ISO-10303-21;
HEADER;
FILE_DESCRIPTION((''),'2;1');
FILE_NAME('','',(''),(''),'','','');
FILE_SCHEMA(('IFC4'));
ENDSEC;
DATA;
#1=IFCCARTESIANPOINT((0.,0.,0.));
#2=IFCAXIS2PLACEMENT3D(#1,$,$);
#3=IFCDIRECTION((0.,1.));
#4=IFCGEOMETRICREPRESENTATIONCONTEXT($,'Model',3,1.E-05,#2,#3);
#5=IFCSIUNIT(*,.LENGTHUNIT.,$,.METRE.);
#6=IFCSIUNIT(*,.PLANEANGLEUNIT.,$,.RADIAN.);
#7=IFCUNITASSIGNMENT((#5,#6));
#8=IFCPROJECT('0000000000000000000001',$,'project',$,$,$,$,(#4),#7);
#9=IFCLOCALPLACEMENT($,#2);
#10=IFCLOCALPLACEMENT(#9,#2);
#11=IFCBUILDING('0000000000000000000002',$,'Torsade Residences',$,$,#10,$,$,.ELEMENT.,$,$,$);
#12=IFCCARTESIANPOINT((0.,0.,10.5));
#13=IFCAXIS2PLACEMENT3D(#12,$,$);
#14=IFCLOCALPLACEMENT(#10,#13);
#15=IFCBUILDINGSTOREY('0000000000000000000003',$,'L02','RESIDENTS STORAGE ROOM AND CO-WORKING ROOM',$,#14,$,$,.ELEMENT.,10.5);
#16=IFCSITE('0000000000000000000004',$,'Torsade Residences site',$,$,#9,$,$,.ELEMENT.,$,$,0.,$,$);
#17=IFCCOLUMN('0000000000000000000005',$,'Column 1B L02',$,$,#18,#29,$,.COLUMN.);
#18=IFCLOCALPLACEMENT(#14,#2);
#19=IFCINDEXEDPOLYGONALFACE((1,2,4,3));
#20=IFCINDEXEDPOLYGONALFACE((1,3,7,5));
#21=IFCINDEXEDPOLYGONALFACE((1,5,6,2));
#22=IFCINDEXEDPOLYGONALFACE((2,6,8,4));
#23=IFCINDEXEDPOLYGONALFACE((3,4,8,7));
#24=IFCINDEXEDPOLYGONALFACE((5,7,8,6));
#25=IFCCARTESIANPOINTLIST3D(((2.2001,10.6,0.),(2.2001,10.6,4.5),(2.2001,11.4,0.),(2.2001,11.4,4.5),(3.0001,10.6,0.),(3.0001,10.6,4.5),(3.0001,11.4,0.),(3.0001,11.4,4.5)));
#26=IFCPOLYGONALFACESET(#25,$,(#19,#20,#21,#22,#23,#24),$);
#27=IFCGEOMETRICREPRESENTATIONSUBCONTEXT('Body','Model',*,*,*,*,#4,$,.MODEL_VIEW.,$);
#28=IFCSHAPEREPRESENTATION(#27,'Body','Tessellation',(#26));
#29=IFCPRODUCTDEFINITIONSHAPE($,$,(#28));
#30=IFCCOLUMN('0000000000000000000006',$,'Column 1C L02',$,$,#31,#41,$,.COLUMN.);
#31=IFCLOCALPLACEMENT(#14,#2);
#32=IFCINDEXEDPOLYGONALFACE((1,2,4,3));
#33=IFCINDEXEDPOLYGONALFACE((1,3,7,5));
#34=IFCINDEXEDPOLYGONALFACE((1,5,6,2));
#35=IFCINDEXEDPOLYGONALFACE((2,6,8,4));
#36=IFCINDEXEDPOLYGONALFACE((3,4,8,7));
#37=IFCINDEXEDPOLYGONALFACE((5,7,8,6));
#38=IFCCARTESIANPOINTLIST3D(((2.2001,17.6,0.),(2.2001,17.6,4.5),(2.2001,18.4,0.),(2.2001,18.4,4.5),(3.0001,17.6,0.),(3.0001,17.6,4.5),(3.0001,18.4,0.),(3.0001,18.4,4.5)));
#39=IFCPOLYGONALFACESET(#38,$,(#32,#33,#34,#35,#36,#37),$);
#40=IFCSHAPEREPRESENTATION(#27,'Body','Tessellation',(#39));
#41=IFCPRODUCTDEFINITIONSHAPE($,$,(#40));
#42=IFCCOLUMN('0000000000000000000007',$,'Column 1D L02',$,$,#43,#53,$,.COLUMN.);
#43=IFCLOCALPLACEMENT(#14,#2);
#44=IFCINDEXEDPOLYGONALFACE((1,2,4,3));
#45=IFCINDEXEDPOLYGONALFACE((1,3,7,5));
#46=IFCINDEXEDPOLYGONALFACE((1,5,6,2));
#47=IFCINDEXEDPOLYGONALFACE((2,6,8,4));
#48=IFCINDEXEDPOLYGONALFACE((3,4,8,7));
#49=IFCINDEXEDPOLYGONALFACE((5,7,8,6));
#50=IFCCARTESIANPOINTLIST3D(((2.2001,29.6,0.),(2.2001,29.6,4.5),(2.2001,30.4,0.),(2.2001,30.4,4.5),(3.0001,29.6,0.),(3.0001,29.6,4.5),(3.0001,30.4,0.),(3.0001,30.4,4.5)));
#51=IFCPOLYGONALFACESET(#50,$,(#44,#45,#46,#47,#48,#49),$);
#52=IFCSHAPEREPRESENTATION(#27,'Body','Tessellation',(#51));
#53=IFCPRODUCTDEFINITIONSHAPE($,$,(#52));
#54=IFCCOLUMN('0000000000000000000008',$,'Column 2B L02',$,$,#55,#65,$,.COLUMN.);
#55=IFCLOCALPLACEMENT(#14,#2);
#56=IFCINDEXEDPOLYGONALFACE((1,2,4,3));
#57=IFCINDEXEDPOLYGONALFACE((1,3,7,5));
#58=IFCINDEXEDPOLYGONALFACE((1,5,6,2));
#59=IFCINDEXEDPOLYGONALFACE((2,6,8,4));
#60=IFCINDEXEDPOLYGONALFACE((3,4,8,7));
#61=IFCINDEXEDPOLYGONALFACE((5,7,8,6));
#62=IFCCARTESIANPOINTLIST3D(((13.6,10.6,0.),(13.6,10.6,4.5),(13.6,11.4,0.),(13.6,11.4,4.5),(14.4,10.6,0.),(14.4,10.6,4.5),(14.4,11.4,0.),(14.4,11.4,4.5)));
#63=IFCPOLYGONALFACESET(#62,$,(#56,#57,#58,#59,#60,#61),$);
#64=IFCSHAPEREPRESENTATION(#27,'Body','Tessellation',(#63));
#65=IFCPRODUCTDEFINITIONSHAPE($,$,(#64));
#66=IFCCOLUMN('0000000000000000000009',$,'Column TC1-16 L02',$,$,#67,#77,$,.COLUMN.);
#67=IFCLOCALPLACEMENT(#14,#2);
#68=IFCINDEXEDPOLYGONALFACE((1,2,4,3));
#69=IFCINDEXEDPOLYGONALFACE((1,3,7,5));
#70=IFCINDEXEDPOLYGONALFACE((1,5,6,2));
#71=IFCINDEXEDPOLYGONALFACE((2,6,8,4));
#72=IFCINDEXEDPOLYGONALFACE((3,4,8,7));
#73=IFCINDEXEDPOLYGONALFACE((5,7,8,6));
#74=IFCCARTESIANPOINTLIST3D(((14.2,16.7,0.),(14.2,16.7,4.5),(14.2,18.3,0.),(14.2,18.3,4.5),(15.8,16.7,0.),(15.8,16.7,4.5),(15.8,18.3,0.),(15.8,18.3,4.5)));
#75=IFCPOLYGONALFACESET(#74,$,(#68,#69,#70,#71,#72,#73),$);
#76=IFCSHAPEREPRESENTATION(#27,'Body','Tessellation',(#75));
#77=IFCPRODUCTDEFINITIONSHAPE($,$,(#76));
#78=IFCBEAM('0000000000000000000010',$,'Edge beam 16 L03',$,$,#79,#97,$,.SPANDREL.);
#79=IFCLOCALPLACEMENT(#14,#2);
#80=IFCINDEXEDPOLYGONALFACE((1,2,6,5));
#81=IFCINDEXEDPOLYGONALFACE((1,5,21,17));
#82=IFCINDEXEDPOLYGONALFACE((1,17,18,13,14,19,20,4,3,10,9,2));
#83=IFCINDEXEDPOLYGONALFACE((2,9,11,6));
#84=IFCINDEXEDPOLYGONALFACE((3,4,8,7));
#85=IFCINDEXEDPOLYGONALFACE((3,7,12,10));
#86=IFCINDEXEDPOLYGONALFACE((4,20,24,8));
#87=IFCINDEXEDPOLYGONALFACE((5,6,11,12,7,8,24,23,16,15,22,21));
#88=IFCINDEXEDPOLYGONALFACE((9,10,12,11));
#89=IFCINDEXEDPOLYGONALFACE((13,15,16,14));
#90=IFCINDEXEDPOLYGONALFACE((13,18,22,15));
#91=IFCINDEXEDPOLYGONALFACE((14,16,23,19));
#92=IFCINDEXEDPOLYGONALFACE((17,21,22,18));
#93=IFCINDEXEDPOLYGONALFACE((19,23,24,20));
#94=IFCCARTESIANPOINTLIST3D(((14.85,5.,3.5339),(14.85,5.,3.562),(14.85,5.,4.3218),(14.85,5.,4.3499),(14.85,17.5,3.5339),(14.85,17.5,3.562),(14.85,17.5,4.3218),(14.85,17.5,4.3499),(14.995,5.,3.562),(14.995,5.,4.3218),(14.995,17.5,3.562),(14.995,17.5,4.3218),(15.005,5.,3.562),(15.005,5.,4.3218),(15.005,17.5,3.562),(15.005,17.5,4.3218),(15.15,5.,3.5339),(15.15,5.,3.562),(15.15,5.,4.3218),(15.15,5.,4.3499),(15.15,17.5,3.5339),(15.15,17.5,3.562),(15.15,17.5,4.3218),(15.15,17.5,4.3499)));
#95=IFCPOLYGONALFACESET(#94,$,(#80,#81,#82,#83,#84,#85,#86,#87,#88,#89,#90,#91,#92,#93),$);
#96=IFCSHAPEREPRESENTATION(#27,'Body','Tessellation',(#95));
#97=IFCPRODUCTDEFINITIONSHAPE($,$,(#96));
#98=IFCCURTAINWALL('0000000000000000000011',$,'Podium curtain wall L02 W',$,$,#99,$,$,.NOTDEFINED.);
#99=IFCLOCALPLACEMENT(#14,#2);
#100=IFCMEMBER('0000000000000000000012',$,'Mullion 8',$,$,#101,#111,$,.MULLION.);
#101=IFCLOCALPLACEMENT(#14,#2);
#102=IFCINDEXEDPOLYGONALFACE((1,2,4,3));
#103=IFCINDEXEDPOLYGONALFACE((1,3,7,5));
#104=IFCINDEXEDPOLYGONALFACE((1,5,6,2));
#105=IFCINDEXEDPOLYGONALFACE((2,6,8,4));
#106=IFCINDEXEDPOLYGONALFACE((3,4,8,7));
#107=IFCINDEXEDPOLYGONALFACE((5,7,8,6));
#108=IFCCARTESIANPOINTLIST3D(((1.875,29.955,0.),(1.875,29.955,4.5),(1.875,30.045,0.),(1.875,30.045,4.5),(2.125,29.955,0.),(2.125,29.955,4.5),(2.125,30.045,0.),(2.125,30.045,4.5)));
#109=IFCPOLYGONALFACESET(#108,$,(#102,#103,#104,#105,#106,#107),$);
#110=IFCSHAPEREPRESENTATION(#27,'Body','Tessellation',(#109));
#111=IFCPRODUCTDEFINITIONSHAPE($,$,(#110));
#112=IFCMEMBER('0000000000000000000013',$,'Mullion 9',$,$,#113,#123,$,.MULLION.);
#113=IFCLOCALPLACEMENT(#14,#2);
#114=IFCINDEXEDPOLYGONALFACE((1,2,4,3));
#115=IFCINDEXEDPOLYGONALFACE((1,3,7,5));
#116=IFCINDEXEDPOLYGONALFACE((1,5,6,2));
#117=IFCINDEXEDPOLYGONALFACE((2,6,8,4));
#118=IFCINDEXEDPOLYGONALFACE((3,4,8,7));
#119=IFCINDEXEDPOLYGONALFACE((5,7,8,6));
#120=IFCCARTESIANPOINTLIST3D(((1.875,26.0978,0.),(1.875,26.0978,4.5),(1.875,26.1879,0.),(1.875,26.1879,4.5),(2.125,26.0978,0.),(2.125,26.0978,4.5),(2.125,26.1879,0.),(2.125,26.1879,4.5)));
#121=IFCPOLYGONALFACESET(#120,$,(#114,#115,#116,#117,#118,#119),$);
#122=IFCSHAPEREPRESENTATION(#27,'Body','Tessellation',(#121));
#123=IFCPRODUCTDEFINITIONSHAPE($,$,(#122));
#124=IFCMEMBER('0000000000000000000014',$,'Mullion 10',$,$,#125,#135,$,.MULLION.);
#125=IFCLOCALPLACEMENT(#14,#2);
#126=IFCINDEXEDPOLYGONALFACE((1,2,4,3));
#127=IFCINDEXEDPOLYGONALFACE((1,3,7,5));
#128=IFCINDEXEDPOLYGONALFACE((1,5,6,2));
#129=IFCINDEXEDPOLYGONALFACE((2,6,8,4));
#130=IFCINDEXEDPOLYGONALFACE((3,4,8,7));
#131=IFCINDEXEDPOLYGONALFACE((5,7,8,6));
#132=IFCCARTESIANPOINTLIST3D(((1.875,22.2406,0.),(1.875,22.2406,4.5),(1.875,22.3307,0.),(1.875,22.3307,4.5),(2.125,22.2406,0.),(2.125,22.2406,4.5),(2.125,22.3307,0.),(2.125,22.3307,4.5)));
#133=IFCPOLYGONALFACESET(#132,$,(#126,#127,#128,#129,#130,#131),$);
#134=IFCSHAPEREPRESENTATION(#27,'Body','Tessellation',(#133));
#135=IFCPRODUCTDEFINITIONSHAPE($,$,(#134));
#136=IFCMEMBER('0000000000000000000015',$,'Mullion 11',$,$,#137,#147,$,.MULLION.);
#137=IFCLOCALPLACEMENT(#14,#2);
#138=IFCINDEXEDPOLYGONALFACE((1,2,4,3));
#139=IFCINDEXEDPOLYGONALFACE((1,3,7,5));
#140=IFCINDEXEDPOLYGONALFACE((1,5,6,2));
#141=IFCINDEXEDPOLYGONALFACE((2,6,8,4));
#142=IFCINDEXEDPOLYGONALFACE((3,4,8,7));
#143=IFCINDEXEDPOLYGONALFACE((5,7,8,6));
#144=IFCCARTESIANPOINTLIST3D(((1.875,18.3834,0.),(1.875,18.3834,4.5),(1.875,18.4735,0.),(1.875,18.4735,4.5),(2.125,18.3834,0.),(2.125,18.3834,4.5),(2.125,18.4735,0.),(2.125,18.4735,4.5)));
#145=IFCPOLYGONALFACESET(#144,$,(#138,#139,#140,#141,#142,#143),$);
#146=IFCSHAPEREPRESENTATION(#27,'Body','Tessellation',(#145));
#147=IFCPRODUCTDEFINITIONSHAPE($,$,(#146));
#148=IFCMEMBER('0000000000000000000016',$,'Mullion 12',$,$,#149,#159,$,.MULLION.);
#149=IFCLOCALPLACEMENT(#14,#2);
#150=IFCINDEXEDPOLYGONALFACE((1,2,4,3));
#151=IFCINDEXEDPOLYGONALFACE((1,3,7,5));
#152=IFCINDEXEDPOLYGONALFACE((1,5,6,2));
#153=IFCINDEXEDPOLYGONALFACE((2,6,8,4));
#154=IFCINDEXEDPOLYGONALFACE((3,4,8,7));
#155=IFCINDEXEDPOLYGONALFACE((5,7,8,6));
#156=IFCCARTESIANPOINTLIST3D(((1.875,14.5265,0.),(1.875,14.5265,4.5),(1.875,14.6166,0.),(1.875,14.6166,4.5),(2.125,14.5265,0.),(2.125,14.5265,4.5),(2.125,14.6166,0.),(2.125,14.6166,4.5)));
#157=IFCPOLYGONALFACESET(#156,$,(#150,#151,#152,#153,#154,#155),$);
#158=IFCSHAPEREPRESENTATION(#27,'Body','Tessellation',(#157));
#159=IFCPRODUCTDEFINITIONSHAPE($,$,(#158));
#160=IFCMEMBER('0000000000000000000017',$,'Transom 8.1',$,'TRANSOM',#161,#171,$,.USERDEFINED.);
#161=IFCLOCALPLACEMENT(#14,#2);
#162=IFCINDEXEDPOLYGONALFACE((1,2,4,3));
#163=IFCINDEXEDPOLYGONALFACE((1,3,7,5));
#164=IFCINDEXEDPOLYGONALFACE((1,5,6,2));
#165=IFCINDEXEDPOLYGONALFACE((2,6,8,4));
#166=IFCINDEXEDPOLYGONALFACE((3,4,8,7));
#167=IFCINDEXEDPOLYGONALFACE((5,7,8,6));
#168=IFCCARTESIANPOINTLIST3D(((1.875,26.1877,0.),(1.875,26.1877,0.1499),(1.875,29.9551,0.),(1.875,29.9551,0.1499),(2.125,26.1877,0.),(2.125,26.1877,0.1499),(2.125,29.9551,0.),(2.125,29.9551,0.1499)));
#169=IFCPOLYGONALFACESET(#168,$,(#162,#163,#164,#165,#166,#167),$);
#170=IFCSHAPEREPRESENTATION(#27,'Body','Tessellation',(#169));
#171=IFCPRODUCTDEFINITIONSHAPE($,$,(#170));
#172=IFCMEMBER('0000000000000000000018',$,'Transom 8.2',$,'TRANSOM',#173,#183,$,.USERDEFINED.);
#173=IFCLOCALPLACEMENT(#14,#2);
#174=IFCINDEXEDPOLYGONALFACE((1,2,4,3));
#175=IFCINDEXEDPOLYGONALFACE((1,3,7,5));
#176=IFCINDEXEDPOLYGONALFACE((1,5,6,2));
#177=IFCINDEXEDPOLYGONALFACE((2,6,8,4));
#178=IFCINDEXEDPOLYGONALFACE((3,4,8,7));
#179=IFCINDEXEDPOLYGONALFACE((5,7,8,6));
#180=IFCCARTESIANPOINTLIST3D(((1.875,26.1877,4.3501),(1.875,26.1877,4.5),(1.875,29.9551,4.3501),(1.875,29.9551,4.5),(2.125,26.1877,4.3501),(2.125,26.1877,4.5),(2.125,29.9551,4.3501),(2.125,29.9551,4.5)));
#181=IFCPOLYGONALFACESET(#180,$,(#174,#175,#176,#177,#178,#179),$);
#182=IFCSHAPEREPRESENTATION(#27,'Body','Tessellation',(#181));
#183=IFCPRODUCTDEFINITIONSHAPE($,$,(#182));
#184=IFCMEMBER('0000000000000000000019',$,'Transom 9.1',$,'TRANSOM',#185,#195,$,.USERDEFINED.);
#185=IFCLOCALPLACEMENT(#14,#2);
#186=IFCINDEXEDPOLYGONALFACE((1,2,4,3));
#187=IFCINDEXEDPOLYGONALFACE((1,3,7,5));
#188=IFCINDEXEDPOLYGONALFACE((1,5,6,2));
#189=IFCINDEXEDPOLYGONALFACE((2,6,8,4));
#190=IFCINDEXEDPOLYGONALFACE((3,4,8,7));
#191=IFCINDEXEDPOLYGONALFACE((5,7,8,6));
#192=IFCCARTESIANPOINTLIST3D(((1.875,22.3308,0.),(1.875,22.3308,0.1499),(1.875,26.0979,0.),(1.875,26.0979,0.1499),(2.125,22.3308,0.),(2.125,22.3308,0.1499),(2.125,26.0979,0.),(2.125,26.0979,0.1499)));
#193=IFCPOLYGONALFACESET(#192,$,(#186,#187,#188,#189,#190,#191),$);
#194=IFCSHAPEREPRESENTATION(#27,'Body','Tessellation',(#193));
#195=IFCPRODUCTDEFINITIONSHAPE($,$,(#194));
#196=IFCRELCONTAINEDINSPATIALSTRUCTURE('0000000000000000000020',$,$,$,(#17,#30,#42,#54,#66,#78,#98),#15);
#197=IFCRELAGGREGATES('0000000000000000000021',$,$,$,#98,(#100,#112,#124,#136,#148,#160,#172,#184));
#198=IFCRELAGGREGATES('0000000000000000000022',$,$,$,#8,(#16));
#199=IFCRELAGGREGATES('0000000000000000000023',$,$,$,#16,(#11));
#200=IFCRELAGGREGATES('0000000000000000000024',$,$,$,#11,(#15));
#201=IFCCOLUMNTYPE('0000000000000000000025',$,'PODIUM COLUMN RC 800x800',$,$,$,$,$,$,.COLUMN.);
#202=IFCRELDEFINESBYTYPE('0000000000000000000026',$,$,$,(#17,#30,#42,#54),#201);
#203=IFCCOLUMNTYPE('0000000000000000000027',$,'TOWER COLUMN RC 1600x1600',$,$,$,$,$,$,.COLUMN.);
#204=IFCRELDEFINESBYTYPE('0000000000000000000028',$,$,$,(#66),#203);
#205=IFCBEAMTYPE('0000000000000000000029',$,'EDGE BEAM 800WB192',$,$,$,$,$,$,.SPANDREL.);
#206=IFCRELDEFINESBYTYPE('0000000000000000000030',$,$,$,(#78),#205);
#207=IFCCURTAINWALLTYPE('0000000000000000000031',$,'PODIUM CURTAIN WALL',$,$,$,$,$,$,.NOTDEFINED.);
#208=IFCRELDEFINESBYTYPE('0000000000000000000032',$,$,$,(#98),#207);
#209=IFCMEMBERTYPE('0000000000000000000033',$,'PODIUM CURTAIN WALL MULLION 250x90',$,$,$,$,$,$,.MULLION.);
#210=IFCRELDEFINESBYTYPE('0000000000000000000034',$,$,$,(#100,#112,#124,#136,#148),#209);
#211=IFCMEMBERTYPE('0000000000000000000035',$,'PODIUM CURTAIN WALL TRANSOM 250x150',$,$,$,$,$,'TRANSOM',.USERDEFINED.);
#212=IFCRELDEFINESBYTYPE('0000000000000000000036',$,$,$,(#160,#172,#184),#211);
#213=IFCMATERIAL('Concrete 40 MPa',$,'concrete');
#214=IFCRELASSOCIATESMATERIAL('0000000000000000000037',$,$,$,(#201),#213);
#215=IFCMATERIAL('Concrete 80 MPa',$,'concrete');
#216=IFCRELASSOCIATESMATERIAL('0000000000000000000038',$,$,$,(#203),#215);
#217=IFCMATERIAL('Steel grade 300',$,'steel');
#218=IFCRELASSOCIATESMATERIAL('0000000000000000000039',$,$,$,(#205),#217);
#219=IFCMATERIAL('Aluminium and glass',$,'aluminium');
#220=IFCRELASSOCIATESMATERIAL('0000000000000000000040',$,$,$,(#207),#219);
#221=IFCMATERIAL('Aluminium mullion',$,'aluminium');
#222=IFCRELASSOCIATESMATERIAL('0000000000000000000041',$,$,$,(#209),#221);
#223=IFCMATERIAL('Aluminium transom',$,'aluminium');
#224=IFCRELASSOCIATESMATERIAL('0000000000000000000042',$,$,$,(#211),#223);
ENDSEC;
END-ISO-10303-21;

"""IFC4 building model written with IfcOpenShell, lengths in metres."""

from ifc_helpers import new_model, si_unit, direction, frame, origin, origin_2d, place, context, subcontext, project, spatial, rectangle, i_section, extrude, material, material_profile, profile_set, type_object, element, aggregate, save


model = new_model("IFC4")

# Units and contexts
model_context = context("Model", 3, precision=1e-05, world=origin(), true_north=direction((0.0, 1.0)))
body_context = subcontext(model_context, "Body", "Model", "MODEL_VIEW")
ifc_project = project(units=[si_unit("LENGTHUNIT", "METRE"), si_unit("PLANEANGLEUNIT", "RADIAN")], contexts=[model_context])

# Site, building, storey
site_placement = place(None, origin())
site = spatial("IfcSite", under=ifc_project, at=site_placement, Name="Torsade Residences site", CompositionType="ELEMENT", RefElevation=0.0)
building_placement = place(site_placement, origin())
building = spatial("IfcBuilding", under=site, at=building_placement, Name="Torsade Residences", CompositionType="ELEMENT")
storey_placement = place(building_placement, frame((0.0, 0.0, 10.5)))
storey = spatial("IfcBuildingStorey", under=building, at=storey_placement, Name="L02", Description="RESIDENTS STORAGE ROOM AND CO-WORKING ROOM", CompositionType="ELEMENT", Elevation=10.5)

# Columns
ifc_material_1 = material(Name="Concrete 40 MPa", Category="concrete")
ifc_material_profile_1 = material_profile(ifc_material_1, rectangle(XDim=0.8, YDim=0.8, at=origin_2d()), Name="RC 800x800")
ifc_profile_set_1 = profile_set([ifc_material_profile_1], Name="Concrete 40 MPa")
column_type_1 = type_object("IfcColumnType", Name="PODIUM COLUMN RC 800x800", PredefinedType="COLUMN", material=ifc_profile_set_1)
for number, where, z_axis, x_axis, name in (
    (1, (2.6001, 11.0, 0.0), (0.0, 0.0, 1.0), (1.0, 0.0, 0.0), "Column 1B L02"),
    (2, (2.6001, 18.0, 0.0), (0.0, 0.0, 1.0), (1.0, 0.0, 0.0), "Column 1C L02"),
    (3, (2.6001, 30.0, 0.0), (0.0, 0.0, 1.0), (1.0, 0.0, 0.0), "Column 1D L02"),
    (4, (14.0, 11.0, 0.0), (0.0, 0.0, 1.0), (1.0, 0.0, 0.0), "Column 2B L02"),
):
    element("IfcColumn", number, at=place(storey_placement, frame(where, z_axis=z_axis, x_axis=x_axis)), inside=storey, type_object=column_type_1, Name=name, PredefinedType="COLUMN", context=body_context, shape_type="SweptSolid", body=[
        extrude(rectangle(XDim=0.8, YDim=0.8, at=origin_2d()), origin(), (0.0, 0.0, 1.0), 4.5),
    ])
ifc_material_2 = material(Name="Concrete 80 MPa", Category="concrete")
ifc_material_profile_2 = material_profile(ifc_material_2, rectangle(XDim=1.6001, YDim=1.6001, at=origin_2d()), Name="RC 1600x1600")
ifc_profile_set_2 = profile_set([ifc_material_profile_2], Name="Concrete 80 MPa")
column_type_2 = type_object("IfcColumnType", Name="TOWER COLUMN RC 1600x1600", PredefinedType="COLUMN", material=ifc_profile_set_2)
column_placement = place(storey_placement, frame((15.0, 17.5, 0.0), z_axis=(0.0, 0.0, 1.0), x_axis=(1.0, 0.0, 0.0)))
element("IfcColumn", 5, at=column_placement, inside=storey, type_object=column_type_2, Name="Column TC1-16 L02", PredefinedType="COLUMN", context=body_context, shape_type="SweptSolid", body=[
    extrude(rectangle(XDim=1.6001, YDim=1.6001, at=origin_2d()), origin(), (0.0, 0.0, 1.0), 4.5),
])

# Beam
ifc_material_3 = material(Name="Steel grade 300", Category="steel")
ifc_material_profile_3 = material_profile(ifc_material_3, i_section(OverallWidth=0.3, OverallDepth=0.8159, WebThickness=0.01, FlangeThickness=0.0281, at=origin_2d()), Name="800WB192")
ifc_profile_set_3 = profile_set([ifc_material_profile_3], Name="Steel grade 300")
beam_type_1 = type_object("IfcBeamType", Name="EDGE BEAM 800WB192", PredefinedType="SPANDREL", material=ifc_profile_set_3)
beam_1_placement = place(storey_placement, frame((15.0, 17.5, 3.9419), z_axis=(0.0, -1.0, 0.0), x_axis=(1.0, 0.0, 0.0)))
element("IfcBeam", 6, at=beam_1_placement, inside=storey, type_object=beam_type_1, Name="Edge beam 16 L03", PredefinedType="SPANDREL", context=body_context, shape_type="SweptSolid", body=[
    extrude(i_section(OverallWidth=0.3, OverallDepth=0.8159, WebThickness=0.01, FlangeThickness=0.0281, at=origin_2d()), origin(), (0.0, 0.0, 1.0), 12.5),
])

# Curtain wall, members
ifc_material_4 = material(Name="Aluminium and glass", Category="aluminium")
curtain_wall_type = type_object("IfcCurtainWallType", Name="PODIUM CURTAIN WALL", PredefinedType="NOTDEFINED", material=ifc_material_4)
curtain_wall_placement = place(storey_placement, origin())
curtain_wall = element("IfcCurtainWall", 7, at=curtain_wall_placement, inside=storey, type_object=curtain_wall_type, Name="Podium curtain wall L02 W", PredefinedType="NOTDEFINED")
ifc_material_5 = material(Name="Aluminium mullion", Category="aluminium")
ifc_material_profile_4 = material_profile(ifc_material_5, rectangle(XDim=0.25, YDim=0.0901, at=origin_2d()), Name="PODIUM CURTAIN WALL MULLION 250x90")
ifc_profile_set_4 = profile_set([ifc_material_profile_4], Name="Aluminium mullion")
member_type_1 = type_object("IfcMemberType", Name="PODIUM CURTAIN WALL MULLION 250x90", PredefinedType="MULLION", material=ifc_profile_set_4)
member_1_placement = place(storey_placement, frame((2.0, 30.0, 0.0), z_axis=(0.0, 0.0, 1.0), x_axis=(1.0, 0.0, 0.0)))
member_1 = element("IfcMember", 8, at=member_1_placement, type_object=member_type_1, Name="Mullion 8", PredefinedType="MULLION", context=body_context, shape_type="SweptSolid", body=[
    extrude(rectangle(XDim=0.25, YDim=0.0901, at=origin_2d()), origin(), (0.0, 0.0, 1.0), 4.5),
])
member_2_placement = place(storey_placement, frame((2.0, 26.1428, 0.0), z_axis=(0.0, 0.0, 1.0), x_axis=(1.0, 0.0, 0.0)))
member_2 = element("IfcMember", 9, at=member_2_placement, type_object=member_type_1, Name="Mullion 9", PredefinedType="MULLION", context=body_context, shape_type="SweptSolid", body=[
    extrude(rectangle(XDim=0.25, YDim=0.0901, at=origin_2d()), origin(), (0.0, 0.0, 1.0), 4.5),
])
member_3_placement = place(storey_placement, frame((2.0, 22.2856, 0.0), z_axis=(0.0, 0.0, 1.0), x_axis=(1.0, 0.0, 0.0)))
member_3 = element("IfcMember", 10, at=member_3_placement, type_object=member_type_1, Name="Mullion 10", PredefinedType="MULLION", context=body_context, shape_type="SweptSolid", body=[
    extrude(rectangle(XDim=0.25, YDim=0.0901, at=origin_2d()), origin(), (0.0, 0.0, 1.0), 4.5),
])
member_4_placement = place(storey_placement, frame((2.0, 18.4285, 0.0), z_axis=(0.0, 0.0, 1.0), x_axis=(1.0, 0.0, 0.0)))
member_4 = element("IfcMember", 11, at=member_4_placement, type_object=member_type_1, Name="Mullion 11", PredefinedType="MULLION", context=body_context, shape_type="SweptSolid", body=[
    extrude(rectangle(XDim=0.25, YDim=0.0901, at=origin_2d()), origin(), (0.0, 0.0, 1.0), 4.5),
])
member_5_placement = place(storey_placement, frame((2.0, 14.5715, 0.0), z_axis=(0.0, 0.0, 1.0), x_axis=(1.0, 0.0, 0.0)))
member_5 = element("IfcMember", 12, at=member_5_placement, type_object=member_type_1, Name="Mullion 12", PredefinedType="MULLION", context=body_context, shape_type="SweptSolid", body=[
    extrude(rectangle(XDim=0.25, YDim=0.0901, at=origin_2d()), origin(), (0.0, 0.0, 1.0), 4.5),
])
ifc_material_6 = material(Name="Aluminium transom", Category="aluminium")
ifc_material_profile_5 = material_profile(ifc_material_6, rectangle(XDim=0.25, YDim=0.1499, at=origin_2d()), Name="PODIUM CURTAIN WALL TRANSOM 250x150")
ifc_profile_set_5 = profile_set([ifc_material_profile_5], Name="Aluminium transom")
member_type_2 = type_object("IfcMemberType", Name="PODIUM CURTAIN WALL TRANSOM 250x150", ElementType="TRANSOM", PredefinedType="USERDEFINED", material=ifc_profile_set_5)
member_6_placement = place(storey_placement, frame((2.0, 29.9551, 0.075), z_axis=(0.0, -1.0, 0.0), x_axis=(1.0, 0.0, 0.0)))
member_6 = element("IfcMember", 13, at=member_6_placement, type_object=member_type_2, Name="Transom 8.1", ObjectType="TRANSOM", PredefinedType="USERDEFINED", context=body_context, shape_type="SweptSolid", body=[
    extrude(rectangle(XDim=0.25, YDim=0.1499, at=origin_2d()), origin(), (0.0, 0.0, 1.0), 3.7673),
])
member_7_placement = place(storey_placement, frame((2.0, 29.9551, 4.425), z_axis=(0.0, -1.0, 0.0), x_axis=(1.0, 0.0, 0.0)))
member_7 = element("IfcMember", 14, at=member_7_placement, type_object=member_type_2, Name="Transom 8.2", ObjectType="TRANSOM", PredefinedType="USERDEFINED", context=body_context, shape_type="SweptSolid", body=[
    extrude(rectangle(XDim=0.25, YDim=0.1499, at=origin_2d()), origin(), (0.0, 0.0, 1.0), 3.7673),
])
member_8_placement = place(storey_placement, frame((2.0, 26.0979, 0.075), z_axis=(0.0, -1.0, 0.0), x_axis=(1.0, 0.0, 0.0)))
member_8 = element("IfcMember", 15, at=member_8_placement, type_object=member_type_2, Name="Transom 9.1", ObjectType="TRANSOM", PredefinedType="USERDEFINED", context=body_context, shape_type="SweptSolid", body=[
    extrude(rectangle(XDim=0.25, YDim=0.1499, at=origin_2d()), origin(), (0.0, 0.0, 1.0), 3.7671),
])

aggregate(curtain_wall, [member_1, member_2, member_3, member_4, member_5, member_6, member_7, member_8])

save(model, "model.ifc")
